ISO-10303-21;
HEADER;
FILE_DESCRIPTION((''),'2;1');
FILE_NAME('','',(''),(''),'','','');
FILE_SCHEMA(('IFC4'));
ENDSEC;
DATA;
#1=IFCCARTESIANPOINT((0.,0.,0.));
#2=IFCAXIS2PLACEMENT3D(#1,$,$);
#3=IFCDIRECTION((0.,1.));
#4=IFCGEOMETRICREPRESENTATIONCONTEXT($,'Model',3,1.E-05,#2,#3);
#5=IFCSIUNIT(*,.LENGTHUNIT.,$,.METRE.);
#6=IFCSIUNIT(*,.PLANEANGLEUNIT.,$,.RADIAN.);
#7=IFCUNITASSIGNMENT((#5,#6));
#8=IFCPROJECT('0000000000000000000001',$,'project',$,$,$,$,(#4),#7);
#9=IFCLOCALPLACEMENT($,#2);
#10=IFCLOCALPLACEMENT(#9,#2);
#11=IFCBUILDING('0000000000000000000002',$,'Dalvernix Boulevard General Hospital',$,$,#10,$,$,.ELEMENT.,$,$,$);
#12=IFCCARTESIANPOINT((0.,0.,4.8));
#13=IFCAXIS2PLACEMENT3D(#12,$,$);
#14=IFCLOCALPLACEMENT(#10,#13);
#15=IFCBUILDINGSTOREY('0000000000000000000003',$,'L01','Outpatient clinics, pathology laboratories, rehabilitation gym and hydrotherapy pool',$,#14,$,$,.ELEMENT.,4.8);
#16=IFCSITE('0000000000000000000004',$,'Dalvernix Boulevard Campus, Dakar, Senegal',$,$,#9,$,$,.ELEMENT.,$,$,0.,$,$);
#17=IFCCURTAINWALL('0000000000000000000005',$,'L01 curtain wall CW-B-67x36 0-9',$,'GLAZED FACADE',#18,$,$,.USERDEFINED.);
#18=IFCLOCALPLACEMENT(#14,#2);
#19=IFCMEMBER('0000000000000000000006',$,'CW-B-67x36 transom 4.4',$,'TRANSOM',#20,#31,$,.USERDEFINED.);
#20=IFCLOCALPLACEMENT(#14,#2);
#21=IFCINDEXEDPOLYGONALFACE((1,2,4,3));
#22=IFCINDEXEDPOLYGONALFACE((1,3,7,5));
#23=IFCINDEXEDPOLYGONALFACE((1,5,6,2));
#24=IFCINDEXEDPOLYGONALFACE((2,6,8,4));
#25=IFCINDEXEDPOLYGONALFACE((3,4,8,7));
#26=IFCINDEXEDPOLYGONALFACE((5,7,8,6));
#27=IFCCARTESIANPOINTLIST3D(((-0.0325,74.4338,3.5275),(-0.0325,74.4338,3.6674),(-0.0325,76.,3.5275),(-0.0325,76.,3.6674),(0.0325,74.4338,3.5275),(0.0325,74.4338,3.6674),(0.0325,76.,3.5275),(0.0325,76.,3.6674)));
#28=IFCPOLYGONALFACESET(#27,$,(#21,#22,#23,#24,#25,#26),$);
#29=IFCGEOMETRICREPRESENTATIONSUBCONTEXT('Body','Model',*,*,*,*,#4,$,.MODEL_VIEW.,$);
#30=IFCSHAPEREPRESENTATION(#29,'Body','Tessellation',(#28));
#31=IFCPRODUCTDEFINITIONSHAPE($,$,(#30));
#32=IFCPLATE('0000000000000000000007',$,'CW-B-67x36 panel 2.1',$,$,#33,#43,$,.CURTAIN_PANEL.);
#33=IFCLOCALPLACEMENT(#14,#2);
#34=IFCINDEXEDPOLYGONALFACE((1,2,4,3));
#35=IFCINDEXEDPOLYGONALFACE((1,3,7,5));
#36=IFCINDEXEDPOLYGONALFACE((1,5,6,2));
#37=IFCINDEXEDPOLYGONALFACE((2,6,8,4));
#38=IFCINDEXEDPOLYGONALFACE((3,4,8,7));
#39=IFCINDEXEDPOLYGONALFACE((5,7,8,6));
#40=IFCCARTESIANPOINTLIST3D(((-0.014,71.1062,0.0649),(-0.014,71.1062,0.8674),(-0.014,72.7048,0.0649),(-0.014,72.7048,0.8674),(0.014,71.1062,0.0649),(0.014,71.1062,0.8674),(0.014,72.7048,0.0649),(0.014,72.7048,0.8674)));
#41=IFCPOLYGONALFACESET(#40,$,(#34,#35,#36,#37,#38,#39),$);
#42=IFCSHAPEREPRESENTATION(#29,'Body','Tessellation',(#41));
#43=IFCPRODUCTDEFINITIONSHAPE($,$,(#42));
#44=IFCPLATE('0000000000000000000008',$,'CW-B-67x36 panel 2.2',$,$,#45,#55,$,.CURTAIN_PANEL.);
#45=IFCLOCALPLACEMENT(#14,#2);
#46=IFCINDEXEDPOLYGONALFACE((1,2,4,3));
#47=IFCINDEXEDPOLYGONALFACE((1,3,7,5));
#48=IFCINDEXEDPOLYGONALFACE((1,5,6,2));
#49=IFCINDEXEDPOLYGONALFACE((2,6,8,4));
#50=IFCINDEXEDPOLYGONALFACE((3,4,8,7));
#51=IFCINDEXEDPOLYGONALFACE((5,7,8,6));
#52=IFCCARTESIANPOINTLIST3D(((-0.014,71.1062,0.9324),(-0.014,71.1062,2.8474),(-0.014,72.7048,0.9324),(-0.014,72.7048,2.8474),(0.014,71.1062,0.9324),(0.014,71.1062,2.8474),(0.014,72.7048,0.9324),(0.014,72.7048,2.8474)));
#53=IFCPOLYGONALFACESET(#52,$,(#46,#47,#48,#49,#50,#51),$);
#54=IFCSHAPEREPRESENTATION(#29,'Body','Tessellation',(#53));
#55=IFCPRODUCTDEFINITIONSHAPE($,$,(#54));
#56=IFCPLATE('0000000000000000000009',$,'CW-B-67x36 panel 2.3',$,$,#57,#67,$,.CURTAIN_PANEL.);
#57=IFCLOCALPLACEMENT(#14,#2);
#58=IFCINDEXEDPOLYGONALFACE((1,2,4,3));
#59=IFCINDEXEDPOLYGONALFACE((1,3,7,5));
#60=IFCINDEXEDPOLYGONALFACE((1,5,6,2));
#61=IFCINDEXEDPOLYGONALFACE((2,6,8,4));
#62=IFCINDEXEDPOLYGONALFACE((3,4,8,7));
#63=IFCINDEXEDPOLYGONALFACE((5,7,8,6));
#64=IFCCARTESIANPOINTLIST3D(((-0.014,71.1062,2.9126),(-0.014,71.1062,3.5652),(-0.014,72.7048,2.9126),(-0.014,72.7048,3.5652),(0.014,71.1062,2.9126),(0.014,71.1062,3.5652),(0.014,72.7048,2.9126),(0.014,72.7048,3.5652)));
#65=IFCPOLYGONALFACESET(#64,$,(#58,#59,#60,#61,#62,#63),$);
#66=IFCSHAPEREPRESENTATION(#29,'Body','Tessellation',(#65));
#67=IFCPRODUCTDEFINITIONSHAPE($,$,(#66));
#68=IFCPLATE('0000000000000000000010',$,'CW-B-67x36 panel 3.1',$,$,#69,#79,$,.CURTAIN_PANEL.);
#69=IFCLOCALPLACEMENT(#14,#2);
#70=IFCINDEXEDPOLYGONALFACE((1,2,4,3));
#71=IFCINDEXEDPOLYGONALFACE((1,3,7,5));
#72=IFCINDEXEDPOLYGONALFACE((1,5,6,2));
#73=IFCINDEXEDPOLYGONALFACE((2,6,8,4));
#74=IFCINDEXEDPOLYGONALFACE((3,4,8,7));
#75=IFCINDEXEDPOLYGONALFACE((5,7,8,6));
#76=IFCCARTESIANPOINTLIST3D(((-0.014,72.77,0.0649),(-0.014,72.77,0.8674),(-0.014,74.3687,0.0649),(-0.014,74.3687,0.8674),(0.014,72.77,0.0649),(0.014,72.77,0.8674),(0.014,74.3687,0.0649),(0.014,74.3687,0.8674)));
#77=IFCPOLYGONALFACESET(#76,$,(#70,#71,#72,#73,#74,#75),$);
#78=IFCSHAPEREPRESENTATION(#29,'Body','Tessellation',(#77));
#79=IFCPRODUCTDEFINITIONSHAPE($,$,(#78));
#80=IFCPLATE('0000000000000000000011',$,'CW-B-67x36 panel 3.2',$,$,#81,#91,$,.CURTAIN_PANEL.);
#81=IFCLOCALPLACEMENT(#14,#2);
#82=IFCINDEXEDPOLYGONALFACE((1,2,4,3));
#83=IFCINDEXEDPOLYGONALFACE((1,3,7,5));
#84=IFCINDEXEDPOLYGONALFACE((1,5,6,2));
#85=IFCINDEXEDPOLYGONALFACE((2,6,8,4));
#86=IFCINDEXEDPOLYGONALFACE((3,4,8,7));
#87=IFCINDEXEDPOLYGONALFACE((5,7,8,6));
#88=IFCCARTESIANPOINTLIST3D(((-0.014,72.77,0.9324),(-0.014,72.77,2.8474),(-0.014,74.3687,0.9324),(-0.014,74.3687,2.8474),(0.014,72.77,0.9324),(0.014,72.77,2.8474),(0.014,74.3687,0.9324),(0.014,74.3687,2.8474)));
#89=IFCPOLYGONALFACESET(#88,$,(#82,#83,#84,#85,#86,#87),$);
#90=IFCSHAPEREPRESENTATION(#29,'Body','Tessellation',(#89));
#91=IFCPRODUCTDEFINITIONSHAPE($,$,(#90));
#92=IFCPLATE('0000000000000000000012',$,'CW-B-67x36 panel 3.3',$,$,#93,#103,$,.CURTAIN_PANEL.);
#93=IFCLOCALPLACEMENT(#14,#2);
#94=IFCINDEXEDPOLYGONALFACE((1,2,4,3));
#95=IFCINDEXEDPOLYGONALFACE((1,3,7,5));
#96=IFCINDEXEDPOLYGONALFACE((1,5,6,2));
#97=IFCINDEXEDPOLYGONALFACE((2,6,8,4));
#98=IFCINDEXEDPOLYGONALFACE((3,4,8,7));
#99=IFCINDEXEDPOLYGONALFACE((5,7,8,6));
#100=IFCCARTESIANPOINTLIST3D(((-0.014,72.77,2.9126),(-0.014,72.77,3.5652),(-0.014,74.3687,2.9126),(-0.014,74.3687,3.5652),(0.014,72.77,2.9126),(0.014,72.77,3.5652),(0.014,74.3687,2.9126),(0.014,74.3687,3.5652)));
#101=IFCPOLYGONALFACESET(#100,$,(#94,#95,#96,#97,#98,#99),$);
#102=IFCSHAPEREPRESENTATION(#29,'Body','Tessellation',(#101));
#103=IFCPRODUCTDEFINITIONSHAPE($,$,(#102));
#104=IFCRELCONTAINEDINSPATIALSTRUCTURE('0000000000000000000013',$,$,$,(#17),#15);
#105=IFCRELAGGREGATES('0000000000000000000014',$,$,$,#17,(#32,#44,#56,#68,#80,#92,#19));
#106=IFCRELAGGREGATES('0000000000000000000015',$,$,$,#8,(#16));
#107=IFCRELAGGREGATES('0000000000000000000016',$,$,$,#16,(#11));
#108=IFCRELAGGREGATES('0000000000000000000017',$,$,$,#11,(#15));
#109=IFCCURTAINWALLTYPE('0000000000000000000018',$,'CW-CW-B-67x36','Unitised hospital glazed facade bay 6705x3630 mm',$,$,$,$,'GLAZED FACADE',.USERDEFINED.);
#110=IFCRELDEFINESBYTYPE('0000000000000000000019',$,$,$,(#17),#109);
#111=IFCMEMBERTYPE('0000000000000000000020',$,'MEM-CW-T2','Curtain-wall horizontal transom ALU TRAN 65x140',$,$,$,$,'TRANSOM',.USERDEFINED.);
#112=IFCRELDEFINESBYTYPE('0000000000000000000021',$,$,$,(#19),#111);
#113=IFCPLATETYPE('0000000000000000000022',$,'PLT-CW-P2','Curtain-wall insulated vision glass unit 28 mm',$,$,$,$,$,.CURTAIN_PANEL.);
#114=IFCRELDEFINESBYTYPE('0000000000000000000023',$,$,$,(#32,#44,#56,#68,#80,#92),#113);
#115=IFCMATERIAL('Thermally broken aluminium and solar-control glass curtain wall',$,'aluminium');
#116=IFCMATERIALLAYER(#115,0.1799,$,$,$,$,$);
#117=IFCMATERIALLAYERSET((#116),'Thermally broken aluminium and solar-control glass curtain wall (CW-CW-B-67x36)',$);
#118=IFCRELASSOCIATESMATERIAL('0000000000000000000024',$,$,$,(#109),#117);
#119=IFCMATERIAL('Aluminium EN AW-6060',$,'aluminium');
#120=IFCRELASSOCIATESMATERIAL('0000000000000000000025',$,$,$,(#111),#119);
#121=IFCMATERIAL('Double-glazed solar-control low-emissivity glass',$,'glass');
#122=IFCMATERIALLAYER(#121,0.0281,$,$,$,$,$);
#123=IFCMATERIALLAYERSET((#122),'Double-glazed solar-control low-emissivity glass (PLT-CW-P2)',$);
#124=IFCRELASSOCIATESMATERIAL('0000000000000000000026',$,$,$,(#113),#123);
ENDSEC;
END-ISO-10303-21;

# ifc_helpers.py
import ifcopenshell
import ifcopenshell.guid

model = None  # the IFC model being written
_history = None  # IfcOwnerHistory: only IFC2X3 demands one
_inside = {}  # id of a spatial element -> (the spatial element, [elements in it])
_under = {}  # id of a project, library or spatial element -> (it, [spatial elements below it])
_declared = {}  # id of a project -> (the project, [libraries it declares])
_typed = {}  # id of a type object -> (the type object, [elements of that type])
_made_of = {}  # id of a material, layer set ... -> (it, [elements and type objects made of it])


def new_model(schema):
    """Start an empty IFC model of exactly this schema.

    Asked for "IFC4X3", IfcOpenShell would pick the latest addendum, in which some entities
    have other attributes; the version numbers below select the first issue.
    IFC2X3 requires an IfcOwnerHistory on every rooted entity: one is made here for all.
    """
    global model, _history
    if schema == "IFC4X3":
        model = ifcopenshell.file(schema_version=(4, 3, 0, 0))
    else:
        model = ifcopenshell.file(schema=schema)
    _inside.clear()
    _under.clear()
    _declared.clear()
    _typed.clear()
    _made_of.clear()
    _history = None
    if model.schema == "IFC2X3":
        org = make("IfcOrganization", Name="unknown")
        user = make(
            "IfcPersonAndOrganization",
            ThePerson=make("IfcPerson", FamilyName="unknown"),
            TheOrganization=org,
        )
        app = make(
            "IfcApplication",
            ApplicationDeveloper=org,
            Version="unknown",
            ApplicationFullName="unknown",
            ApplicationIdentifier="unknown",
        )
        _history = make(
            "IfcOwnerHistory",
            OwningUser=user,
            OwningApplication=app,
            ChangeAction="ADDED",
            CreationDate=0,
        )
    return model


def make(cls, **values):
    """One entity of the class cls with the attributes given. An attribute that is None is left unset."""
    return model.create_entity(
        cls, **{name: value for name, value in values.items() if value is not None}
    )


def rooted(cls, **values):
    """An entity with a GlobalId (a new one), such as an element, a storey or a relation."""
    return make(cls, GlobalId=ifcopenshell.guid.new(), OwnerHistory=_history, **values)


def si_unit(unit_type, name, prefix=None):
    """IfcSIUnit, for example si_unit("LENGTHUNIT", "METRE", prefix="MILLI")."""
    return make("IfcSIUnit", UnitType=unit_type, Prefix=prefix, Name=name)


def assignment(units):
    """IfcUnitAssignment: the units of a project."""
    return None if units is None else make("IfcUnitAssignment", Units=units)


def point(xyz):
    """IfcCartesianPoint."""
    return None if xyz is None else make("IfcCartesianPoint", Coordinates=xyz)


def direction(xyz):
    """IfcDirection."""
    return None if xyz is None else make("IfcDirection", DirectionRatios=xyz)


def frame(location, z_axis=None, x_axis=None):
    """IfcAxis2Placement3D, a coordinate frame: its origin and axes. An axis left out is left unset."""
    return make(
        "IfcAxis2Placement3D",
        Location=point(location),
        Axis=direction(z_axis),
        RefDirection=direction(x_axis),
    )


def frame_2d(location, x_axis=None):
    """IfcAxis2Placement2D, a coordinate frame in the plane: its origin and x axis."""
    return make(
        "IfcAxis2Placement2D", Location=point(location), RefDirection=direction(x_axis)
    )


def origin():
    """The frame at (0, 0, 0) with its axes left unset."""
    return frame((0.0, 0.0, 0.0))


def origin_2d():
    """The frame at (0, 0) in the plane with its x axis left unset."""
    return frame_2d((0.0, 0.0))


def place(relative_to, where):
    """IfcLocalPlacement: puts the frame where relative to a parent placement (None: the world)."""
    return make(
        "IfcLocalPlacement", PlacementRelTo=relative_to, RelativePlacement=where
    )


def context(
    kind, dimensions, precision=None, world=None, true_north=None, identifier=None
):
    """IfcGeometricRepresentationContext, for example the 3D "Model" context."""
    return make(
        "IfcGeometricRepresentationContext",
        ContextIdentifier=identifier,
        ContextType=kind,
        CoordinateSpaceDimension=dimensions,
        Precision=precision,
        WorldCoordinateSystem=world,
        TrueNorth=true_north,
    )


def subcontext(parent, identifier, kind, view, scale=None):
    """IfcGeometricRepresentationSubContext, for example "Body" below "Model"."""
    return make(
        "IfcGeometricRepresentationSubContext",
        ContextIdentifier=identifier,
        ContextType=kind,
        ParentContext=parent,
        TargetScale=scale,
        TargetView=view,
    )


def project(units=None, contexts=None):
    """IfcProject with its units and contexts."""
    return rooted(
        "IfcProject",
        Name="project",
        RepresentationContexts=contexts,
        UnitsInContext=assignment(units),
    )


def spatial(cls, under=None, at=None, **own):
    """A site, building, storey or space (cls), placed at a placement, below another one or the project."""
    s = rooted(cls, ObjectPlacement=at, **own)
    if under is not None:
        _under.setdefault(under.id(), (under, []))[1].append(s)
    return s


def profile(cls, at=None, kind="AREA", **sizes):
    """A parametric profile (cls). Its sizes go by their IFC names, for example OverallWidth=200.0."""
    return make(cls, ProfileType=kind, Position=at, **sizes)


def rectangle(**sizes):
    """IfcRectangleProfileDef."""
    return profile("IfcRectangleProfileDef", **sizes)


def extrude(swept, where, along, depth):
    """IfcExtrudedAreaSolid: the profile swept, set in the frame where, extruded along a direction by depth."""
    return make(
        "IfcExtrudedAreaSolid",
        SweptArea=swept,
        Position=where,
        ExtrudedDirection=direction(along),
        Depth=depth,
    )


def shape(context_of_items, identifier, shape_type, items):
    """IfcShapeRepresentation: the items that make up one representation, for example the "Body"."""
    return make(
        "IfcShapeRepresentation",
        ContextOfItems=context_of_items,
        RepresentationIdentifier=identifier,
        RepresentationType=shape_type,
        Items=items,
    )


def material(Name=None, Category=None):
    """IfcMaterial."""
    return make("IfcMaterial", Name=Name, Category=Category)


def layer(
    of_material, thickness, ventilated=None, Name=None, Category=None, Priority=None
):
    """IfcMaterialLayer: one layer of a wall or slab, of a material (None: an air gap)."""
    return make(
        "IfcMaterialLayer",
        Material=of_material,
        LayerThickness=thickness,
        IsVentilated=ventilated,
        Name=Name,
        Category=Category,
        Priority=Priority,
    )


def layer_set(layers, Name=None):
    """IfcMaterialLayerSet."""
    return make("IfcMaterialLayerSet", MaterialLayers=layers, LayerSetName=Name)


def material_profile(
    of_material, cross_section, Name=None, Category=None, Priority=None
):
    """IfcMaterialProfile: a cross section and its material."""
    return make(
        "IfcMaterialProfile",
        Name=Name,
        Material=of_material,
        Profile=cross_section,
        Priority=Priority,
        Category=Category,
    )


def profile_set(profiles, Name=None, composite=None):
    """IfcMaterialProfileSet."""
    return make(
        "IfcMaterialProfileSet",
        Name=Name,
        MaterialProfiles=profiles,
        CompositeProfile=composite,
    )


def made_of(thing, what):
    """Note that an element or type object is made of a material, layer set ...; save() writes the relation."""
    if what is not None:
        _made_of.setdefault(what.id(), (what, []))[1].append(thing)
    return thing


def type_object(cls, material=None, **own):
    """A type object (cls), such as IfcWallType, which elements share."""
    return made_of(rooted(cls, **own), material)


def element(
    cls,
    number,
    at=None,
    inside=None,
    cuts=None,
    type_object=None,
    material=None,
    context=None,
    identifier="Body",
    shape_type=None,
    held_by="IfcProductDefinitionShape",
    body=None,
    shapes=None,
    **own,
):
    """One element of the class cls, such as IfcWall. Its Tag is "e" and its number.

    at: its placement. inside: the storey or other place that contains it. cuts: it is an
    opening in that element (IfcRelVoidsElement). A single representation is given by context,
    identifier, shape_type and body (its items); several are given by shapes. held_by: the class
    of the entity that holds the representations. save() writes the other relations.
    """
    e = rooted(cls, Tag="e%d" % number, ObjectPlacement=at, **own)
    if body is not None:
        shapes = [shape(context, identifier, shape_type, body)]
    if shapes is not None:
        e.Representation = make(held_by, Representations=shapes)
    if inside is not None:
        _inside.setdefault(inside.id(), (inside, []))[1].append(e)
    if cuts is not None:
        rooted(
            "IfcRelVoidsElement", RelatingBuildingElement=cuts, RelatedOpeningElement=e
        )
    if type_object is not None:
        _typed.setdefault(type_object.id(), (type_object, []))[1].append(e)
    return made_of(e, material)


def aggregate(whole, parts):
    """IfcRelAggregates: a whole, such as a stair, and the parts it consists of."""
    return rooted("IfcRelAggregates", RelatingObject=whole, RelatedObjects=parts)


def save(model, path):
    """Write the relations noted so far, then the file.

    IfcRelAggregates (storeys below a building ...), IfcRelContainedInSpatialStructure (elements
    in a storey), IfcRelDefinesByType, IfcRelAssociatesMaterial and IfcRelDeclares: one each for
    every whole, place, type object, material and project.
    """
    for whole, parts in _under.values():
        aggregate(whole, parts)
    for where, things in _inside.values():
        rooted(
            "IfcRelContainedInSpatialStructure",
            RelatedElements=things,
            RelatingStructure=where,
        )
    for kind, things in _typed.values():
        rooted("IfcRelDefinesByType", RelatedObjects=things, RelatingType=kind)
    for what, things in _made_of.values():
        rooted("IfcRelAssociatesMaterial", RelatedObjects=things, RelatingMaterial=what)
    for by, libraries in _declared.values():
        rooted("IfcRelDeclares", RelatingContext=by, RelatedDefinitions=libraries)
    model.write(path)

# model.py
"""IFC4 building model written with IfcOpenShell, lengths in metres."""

from ifc_helpers import new_model, si_unit, direction, frame, origin, origin_2d, place, context, subcontext, project, spatial, rectangle, extrude, material, layer, layer_set, material_profile, profile_set, type_object, element, aggregate, save


model = new_model("IFC4")

# Units and contexts
model_context = context("Model", 3, precision=1e-05, world=origin(), true_north=direction((0.0, 1.0)))
body_context = subcontext(model_context, "Body", "Model", "MODEL_VIEW")
ifc_project = project(units=[si_unit("LENGTHUNIT", "METRE"), si_unit("PLANEANGLEUNIT", "RADIAN")], contexts=[model_context])

# Site, building, storey
site_placement = place(None, origin())
site = spatial("IfcSite", under=ifc_project, at=site_placement, Name="Dalvernix Boulevard Campus, Dakar, Senegal", CompositionType="ELEMENT", RefElevation=0.0)
building_placement = place(site_placement, origin())
building = spatial("IfcBuilding", under=site, at=building_placement, Name="Dalvernix Boulevard General Hospital", CompositionType="ELEMENT")
storey_placement = place(building_placement, frame((0.0, 0.0, 4.8)))
storey = spatial("IfcBuildingStorey", under=building, at=storey_placement, Name="L01", Description="Outpatient clinics, pathology laboratories, rehabilitation gym and hydrotherapy pool", CompositionType="ELEMENT", Elevation=4.8)

# Curtain wall, member, plates
ifc_material_1 = material(Name="Thermally broken aluminium and solar-control glass curtain wall", Category="aluminium")
ifc_layer_1 = layer(ifc_material_1, 0.1799)
ifc_layer_set_1 = layer_set([ifc_layer_1], Name="Thermally broken aluminium and solar-control glass curtain wall (CW-CW-B-67x36)")
curtain_wall_type = type_object("IfcCurtainWallType", Name="CW-CW-B-67x36", Description="Unitised hospital glazed facade bay 6705x3630 mm", ElementType="GLAZED FACADE", PredefinedType="USERDEFINED", material=ifc_layer_set_1)
curtain_wall_placement = place(storey_placement, origin())
curtain_wall = element("IfcCurtainWall", 1, at=curtain_wall_placement, inside=storey, type_object=curtain_wall_type, Name="L01 curtain wall CW-B-67x36 0-9", ObjectType="GLAZED FACADE", PredefinedType="USERDEFINED")
ifc_material_2 = material(Name="Aluminium EN AW-6060", Category="aluminium")
ifc_material_profile_1 = material_profile(ifc_material_2, rectangle(XDim=0.0649, YDim=0.1399, at=origin_2d()), Name="ALU TRAN 65x140")
ifc_profile_set_1 = profile_set([ifc_material_profile_1], Name="Aluminium EN AW-6060")
member_type_1 = type_object("IfcMemberType", Name="MEM-CW-T2", Description="Curtain-wall horizontal transom ALU TRAN 65x140", ElementType="TRANSOM", PredefinedType="USERDEFINED", material=ifc_profile_set_1)
member_1_placement = place(storey_placement, frame((0.0, 74.4338, 3.5974), z_axis=(0.0, 1.0, 0.0), x_axis=(-1.0, 0.0, 0.0)))
member_1 = element("IfcMember", 2, at=member_1_placement, type_object=member_type_1, Name="CW-B-67x36 transom 4.4", ObjectType="TRANSOM", PredefinedType="USERDEFINED", context=body_context, shape_type="SweptSolid", body=[
    extrude(rectangle(XDim=0.0649, YDim=0.1399, at=origin_2d()), origin(), (0.0, 0.0, 1.0), 1.5662),
])
ifc_material_3 = material(Name="Double-glazed solar-control low-emissivity glass", Category="glass")
ifc_layer_2 = layer(ifc_material_3, 0.0281)
ifc_layer_set_2 = layer_set([ifc_layer_2], Name="Double-glazed solar-control low-emissivity glass (PLT-CW-P2)")
plate_type = type_object("IfcPlateType", Name="PLT-CW-P2", Description="Curtain-wall insulated vision glass unit 28 mm", PredefinedType="CURTAIN_PANEL", material=ifc_layer_set_2)
plate_1_placement = place(storey_placement, frame((0.0, 71.9055, 0.0649), z_axis=(0.0, 0.0, 1.0), x_axis=(0.0, 1.0, 0.0)))
plate_1 = element("IfcPlate", 3, at=plate_1_placement, type_object=plate_type, Name="CW-B-67x36 panel 2.1", PredefinedType="CURTAIN_PANEL", context=body_context, shape_type="SweptSolid", body=[
    extrude(rectangle(XDim=1.5986, YDim=0.0281, at=origin_2d()), origin(), (0.0, 0.0, 1.0), 0.8025),
])
plate_2_placement = place(storey_placement, frame((0.0, 71.9055, 0.9324), z_axis=(0.0, 0.0, 1.0), x_axis=(0.0, 1.0, 0.0)))
plate_2 = element("IfcPlate", 4, at=plate_2_placement, type_object=plate_type, Name="CW-B-67x36 panel 2.2", PredefinedType="CURTAIN_PANEL", context=body_context, shape_type="SweptSolid", body=[
    extrude(rectangle(XDim=1.5986, YDim=0.0281, at=origin_2d()), origin(), (0.0, 0.0, 1.0), 1.915),
])
plate_3_placement = place(storey_placement, frame((0.0, 71.9055, 2.9126), z_axis=(0.0, 0.0, 1.0), x_axis=(0.0, 1.0, 0.0)))
plate_3 = element("IfcPlate", 5, at=plate_3_placement, type_object=plate_type, Name="CW-B-67x36 panel 2.3", PredefinedType="CURTAIN_PANEL", context=body_context, shape_type="SweptSolid", body=[
    extrude(rectangle(XDim=1.5986, YDim=0.0281, at=origin_2d()), origin(), (0.0, 0.0, 1.0), 0.6526),
])
plate_4_placement = place(storey_placement, frame((0.0, 73.5693, 0.0649), z_axis=(0.0, 0.0, 1.0), x_axis=(0.0, 1.0, 0.0)))
plate_4 = element("IfcPlate", 6, at=plate_4_placement, type_object=plate_type, Name="CW-B-67x36 panel 3.1", PredefinedType="CURTAIN_PANEL", context=body_context, shape_type="SweptSolid", body=[
    extrude(rectangle(XDim=1.5986, YDim=0.0281, at=origin_2d()), origin(), (0.0, 0.0, 1.0), 0.8025),
])
plate_5_placement = place(storey_placement, frame((0.0, 73.5693, 0.9324), z_axis=(0.0, 0.0, 1.0), x_axis=(0.0, 1.0, 0.0)))
plate_5 = element("IfcPlate", 7, at=plate_5_placement, type_object=plate_type, Name="CW-B-67x36 panel 3.2", PredefinedType="CURTAIN_PANEL", context=body_context, shape_type="SweptSolid", body=[
    extrude(rectangle(XDim=1.5986, YDim=0.0281, at=origin_2d()), origin(), (0.0, 0.0, 1.0), 1.915),
])
plate_6_placement = place(storey_placement, frame((0.0, 73.5693, 2.9126), z_axis=(0.0, 0.0, 1.0), x_axis=(0.0, 1.0, 0.0)))
plate_6 = element("IfcPlate", 8, at=plate_6_placement, type_object=plate_type, Name="CW-B-67x36 panel 3.3", PredefinedType="CURTAIN_PANEL", context=body_context, shape_type="SweptSolid", body=[
    extrude(rectangle(XDim=1.5986, YDim=0.0281, at=origin_2d()), origin(), (0.0, 0.0, 1.0), 0.6526),
])
aggregate(curtain_wall, [plate_1, plate_2, plate_3, plate_4, plate_5, plate_6, member_1])

save(model, "model.ifc")
